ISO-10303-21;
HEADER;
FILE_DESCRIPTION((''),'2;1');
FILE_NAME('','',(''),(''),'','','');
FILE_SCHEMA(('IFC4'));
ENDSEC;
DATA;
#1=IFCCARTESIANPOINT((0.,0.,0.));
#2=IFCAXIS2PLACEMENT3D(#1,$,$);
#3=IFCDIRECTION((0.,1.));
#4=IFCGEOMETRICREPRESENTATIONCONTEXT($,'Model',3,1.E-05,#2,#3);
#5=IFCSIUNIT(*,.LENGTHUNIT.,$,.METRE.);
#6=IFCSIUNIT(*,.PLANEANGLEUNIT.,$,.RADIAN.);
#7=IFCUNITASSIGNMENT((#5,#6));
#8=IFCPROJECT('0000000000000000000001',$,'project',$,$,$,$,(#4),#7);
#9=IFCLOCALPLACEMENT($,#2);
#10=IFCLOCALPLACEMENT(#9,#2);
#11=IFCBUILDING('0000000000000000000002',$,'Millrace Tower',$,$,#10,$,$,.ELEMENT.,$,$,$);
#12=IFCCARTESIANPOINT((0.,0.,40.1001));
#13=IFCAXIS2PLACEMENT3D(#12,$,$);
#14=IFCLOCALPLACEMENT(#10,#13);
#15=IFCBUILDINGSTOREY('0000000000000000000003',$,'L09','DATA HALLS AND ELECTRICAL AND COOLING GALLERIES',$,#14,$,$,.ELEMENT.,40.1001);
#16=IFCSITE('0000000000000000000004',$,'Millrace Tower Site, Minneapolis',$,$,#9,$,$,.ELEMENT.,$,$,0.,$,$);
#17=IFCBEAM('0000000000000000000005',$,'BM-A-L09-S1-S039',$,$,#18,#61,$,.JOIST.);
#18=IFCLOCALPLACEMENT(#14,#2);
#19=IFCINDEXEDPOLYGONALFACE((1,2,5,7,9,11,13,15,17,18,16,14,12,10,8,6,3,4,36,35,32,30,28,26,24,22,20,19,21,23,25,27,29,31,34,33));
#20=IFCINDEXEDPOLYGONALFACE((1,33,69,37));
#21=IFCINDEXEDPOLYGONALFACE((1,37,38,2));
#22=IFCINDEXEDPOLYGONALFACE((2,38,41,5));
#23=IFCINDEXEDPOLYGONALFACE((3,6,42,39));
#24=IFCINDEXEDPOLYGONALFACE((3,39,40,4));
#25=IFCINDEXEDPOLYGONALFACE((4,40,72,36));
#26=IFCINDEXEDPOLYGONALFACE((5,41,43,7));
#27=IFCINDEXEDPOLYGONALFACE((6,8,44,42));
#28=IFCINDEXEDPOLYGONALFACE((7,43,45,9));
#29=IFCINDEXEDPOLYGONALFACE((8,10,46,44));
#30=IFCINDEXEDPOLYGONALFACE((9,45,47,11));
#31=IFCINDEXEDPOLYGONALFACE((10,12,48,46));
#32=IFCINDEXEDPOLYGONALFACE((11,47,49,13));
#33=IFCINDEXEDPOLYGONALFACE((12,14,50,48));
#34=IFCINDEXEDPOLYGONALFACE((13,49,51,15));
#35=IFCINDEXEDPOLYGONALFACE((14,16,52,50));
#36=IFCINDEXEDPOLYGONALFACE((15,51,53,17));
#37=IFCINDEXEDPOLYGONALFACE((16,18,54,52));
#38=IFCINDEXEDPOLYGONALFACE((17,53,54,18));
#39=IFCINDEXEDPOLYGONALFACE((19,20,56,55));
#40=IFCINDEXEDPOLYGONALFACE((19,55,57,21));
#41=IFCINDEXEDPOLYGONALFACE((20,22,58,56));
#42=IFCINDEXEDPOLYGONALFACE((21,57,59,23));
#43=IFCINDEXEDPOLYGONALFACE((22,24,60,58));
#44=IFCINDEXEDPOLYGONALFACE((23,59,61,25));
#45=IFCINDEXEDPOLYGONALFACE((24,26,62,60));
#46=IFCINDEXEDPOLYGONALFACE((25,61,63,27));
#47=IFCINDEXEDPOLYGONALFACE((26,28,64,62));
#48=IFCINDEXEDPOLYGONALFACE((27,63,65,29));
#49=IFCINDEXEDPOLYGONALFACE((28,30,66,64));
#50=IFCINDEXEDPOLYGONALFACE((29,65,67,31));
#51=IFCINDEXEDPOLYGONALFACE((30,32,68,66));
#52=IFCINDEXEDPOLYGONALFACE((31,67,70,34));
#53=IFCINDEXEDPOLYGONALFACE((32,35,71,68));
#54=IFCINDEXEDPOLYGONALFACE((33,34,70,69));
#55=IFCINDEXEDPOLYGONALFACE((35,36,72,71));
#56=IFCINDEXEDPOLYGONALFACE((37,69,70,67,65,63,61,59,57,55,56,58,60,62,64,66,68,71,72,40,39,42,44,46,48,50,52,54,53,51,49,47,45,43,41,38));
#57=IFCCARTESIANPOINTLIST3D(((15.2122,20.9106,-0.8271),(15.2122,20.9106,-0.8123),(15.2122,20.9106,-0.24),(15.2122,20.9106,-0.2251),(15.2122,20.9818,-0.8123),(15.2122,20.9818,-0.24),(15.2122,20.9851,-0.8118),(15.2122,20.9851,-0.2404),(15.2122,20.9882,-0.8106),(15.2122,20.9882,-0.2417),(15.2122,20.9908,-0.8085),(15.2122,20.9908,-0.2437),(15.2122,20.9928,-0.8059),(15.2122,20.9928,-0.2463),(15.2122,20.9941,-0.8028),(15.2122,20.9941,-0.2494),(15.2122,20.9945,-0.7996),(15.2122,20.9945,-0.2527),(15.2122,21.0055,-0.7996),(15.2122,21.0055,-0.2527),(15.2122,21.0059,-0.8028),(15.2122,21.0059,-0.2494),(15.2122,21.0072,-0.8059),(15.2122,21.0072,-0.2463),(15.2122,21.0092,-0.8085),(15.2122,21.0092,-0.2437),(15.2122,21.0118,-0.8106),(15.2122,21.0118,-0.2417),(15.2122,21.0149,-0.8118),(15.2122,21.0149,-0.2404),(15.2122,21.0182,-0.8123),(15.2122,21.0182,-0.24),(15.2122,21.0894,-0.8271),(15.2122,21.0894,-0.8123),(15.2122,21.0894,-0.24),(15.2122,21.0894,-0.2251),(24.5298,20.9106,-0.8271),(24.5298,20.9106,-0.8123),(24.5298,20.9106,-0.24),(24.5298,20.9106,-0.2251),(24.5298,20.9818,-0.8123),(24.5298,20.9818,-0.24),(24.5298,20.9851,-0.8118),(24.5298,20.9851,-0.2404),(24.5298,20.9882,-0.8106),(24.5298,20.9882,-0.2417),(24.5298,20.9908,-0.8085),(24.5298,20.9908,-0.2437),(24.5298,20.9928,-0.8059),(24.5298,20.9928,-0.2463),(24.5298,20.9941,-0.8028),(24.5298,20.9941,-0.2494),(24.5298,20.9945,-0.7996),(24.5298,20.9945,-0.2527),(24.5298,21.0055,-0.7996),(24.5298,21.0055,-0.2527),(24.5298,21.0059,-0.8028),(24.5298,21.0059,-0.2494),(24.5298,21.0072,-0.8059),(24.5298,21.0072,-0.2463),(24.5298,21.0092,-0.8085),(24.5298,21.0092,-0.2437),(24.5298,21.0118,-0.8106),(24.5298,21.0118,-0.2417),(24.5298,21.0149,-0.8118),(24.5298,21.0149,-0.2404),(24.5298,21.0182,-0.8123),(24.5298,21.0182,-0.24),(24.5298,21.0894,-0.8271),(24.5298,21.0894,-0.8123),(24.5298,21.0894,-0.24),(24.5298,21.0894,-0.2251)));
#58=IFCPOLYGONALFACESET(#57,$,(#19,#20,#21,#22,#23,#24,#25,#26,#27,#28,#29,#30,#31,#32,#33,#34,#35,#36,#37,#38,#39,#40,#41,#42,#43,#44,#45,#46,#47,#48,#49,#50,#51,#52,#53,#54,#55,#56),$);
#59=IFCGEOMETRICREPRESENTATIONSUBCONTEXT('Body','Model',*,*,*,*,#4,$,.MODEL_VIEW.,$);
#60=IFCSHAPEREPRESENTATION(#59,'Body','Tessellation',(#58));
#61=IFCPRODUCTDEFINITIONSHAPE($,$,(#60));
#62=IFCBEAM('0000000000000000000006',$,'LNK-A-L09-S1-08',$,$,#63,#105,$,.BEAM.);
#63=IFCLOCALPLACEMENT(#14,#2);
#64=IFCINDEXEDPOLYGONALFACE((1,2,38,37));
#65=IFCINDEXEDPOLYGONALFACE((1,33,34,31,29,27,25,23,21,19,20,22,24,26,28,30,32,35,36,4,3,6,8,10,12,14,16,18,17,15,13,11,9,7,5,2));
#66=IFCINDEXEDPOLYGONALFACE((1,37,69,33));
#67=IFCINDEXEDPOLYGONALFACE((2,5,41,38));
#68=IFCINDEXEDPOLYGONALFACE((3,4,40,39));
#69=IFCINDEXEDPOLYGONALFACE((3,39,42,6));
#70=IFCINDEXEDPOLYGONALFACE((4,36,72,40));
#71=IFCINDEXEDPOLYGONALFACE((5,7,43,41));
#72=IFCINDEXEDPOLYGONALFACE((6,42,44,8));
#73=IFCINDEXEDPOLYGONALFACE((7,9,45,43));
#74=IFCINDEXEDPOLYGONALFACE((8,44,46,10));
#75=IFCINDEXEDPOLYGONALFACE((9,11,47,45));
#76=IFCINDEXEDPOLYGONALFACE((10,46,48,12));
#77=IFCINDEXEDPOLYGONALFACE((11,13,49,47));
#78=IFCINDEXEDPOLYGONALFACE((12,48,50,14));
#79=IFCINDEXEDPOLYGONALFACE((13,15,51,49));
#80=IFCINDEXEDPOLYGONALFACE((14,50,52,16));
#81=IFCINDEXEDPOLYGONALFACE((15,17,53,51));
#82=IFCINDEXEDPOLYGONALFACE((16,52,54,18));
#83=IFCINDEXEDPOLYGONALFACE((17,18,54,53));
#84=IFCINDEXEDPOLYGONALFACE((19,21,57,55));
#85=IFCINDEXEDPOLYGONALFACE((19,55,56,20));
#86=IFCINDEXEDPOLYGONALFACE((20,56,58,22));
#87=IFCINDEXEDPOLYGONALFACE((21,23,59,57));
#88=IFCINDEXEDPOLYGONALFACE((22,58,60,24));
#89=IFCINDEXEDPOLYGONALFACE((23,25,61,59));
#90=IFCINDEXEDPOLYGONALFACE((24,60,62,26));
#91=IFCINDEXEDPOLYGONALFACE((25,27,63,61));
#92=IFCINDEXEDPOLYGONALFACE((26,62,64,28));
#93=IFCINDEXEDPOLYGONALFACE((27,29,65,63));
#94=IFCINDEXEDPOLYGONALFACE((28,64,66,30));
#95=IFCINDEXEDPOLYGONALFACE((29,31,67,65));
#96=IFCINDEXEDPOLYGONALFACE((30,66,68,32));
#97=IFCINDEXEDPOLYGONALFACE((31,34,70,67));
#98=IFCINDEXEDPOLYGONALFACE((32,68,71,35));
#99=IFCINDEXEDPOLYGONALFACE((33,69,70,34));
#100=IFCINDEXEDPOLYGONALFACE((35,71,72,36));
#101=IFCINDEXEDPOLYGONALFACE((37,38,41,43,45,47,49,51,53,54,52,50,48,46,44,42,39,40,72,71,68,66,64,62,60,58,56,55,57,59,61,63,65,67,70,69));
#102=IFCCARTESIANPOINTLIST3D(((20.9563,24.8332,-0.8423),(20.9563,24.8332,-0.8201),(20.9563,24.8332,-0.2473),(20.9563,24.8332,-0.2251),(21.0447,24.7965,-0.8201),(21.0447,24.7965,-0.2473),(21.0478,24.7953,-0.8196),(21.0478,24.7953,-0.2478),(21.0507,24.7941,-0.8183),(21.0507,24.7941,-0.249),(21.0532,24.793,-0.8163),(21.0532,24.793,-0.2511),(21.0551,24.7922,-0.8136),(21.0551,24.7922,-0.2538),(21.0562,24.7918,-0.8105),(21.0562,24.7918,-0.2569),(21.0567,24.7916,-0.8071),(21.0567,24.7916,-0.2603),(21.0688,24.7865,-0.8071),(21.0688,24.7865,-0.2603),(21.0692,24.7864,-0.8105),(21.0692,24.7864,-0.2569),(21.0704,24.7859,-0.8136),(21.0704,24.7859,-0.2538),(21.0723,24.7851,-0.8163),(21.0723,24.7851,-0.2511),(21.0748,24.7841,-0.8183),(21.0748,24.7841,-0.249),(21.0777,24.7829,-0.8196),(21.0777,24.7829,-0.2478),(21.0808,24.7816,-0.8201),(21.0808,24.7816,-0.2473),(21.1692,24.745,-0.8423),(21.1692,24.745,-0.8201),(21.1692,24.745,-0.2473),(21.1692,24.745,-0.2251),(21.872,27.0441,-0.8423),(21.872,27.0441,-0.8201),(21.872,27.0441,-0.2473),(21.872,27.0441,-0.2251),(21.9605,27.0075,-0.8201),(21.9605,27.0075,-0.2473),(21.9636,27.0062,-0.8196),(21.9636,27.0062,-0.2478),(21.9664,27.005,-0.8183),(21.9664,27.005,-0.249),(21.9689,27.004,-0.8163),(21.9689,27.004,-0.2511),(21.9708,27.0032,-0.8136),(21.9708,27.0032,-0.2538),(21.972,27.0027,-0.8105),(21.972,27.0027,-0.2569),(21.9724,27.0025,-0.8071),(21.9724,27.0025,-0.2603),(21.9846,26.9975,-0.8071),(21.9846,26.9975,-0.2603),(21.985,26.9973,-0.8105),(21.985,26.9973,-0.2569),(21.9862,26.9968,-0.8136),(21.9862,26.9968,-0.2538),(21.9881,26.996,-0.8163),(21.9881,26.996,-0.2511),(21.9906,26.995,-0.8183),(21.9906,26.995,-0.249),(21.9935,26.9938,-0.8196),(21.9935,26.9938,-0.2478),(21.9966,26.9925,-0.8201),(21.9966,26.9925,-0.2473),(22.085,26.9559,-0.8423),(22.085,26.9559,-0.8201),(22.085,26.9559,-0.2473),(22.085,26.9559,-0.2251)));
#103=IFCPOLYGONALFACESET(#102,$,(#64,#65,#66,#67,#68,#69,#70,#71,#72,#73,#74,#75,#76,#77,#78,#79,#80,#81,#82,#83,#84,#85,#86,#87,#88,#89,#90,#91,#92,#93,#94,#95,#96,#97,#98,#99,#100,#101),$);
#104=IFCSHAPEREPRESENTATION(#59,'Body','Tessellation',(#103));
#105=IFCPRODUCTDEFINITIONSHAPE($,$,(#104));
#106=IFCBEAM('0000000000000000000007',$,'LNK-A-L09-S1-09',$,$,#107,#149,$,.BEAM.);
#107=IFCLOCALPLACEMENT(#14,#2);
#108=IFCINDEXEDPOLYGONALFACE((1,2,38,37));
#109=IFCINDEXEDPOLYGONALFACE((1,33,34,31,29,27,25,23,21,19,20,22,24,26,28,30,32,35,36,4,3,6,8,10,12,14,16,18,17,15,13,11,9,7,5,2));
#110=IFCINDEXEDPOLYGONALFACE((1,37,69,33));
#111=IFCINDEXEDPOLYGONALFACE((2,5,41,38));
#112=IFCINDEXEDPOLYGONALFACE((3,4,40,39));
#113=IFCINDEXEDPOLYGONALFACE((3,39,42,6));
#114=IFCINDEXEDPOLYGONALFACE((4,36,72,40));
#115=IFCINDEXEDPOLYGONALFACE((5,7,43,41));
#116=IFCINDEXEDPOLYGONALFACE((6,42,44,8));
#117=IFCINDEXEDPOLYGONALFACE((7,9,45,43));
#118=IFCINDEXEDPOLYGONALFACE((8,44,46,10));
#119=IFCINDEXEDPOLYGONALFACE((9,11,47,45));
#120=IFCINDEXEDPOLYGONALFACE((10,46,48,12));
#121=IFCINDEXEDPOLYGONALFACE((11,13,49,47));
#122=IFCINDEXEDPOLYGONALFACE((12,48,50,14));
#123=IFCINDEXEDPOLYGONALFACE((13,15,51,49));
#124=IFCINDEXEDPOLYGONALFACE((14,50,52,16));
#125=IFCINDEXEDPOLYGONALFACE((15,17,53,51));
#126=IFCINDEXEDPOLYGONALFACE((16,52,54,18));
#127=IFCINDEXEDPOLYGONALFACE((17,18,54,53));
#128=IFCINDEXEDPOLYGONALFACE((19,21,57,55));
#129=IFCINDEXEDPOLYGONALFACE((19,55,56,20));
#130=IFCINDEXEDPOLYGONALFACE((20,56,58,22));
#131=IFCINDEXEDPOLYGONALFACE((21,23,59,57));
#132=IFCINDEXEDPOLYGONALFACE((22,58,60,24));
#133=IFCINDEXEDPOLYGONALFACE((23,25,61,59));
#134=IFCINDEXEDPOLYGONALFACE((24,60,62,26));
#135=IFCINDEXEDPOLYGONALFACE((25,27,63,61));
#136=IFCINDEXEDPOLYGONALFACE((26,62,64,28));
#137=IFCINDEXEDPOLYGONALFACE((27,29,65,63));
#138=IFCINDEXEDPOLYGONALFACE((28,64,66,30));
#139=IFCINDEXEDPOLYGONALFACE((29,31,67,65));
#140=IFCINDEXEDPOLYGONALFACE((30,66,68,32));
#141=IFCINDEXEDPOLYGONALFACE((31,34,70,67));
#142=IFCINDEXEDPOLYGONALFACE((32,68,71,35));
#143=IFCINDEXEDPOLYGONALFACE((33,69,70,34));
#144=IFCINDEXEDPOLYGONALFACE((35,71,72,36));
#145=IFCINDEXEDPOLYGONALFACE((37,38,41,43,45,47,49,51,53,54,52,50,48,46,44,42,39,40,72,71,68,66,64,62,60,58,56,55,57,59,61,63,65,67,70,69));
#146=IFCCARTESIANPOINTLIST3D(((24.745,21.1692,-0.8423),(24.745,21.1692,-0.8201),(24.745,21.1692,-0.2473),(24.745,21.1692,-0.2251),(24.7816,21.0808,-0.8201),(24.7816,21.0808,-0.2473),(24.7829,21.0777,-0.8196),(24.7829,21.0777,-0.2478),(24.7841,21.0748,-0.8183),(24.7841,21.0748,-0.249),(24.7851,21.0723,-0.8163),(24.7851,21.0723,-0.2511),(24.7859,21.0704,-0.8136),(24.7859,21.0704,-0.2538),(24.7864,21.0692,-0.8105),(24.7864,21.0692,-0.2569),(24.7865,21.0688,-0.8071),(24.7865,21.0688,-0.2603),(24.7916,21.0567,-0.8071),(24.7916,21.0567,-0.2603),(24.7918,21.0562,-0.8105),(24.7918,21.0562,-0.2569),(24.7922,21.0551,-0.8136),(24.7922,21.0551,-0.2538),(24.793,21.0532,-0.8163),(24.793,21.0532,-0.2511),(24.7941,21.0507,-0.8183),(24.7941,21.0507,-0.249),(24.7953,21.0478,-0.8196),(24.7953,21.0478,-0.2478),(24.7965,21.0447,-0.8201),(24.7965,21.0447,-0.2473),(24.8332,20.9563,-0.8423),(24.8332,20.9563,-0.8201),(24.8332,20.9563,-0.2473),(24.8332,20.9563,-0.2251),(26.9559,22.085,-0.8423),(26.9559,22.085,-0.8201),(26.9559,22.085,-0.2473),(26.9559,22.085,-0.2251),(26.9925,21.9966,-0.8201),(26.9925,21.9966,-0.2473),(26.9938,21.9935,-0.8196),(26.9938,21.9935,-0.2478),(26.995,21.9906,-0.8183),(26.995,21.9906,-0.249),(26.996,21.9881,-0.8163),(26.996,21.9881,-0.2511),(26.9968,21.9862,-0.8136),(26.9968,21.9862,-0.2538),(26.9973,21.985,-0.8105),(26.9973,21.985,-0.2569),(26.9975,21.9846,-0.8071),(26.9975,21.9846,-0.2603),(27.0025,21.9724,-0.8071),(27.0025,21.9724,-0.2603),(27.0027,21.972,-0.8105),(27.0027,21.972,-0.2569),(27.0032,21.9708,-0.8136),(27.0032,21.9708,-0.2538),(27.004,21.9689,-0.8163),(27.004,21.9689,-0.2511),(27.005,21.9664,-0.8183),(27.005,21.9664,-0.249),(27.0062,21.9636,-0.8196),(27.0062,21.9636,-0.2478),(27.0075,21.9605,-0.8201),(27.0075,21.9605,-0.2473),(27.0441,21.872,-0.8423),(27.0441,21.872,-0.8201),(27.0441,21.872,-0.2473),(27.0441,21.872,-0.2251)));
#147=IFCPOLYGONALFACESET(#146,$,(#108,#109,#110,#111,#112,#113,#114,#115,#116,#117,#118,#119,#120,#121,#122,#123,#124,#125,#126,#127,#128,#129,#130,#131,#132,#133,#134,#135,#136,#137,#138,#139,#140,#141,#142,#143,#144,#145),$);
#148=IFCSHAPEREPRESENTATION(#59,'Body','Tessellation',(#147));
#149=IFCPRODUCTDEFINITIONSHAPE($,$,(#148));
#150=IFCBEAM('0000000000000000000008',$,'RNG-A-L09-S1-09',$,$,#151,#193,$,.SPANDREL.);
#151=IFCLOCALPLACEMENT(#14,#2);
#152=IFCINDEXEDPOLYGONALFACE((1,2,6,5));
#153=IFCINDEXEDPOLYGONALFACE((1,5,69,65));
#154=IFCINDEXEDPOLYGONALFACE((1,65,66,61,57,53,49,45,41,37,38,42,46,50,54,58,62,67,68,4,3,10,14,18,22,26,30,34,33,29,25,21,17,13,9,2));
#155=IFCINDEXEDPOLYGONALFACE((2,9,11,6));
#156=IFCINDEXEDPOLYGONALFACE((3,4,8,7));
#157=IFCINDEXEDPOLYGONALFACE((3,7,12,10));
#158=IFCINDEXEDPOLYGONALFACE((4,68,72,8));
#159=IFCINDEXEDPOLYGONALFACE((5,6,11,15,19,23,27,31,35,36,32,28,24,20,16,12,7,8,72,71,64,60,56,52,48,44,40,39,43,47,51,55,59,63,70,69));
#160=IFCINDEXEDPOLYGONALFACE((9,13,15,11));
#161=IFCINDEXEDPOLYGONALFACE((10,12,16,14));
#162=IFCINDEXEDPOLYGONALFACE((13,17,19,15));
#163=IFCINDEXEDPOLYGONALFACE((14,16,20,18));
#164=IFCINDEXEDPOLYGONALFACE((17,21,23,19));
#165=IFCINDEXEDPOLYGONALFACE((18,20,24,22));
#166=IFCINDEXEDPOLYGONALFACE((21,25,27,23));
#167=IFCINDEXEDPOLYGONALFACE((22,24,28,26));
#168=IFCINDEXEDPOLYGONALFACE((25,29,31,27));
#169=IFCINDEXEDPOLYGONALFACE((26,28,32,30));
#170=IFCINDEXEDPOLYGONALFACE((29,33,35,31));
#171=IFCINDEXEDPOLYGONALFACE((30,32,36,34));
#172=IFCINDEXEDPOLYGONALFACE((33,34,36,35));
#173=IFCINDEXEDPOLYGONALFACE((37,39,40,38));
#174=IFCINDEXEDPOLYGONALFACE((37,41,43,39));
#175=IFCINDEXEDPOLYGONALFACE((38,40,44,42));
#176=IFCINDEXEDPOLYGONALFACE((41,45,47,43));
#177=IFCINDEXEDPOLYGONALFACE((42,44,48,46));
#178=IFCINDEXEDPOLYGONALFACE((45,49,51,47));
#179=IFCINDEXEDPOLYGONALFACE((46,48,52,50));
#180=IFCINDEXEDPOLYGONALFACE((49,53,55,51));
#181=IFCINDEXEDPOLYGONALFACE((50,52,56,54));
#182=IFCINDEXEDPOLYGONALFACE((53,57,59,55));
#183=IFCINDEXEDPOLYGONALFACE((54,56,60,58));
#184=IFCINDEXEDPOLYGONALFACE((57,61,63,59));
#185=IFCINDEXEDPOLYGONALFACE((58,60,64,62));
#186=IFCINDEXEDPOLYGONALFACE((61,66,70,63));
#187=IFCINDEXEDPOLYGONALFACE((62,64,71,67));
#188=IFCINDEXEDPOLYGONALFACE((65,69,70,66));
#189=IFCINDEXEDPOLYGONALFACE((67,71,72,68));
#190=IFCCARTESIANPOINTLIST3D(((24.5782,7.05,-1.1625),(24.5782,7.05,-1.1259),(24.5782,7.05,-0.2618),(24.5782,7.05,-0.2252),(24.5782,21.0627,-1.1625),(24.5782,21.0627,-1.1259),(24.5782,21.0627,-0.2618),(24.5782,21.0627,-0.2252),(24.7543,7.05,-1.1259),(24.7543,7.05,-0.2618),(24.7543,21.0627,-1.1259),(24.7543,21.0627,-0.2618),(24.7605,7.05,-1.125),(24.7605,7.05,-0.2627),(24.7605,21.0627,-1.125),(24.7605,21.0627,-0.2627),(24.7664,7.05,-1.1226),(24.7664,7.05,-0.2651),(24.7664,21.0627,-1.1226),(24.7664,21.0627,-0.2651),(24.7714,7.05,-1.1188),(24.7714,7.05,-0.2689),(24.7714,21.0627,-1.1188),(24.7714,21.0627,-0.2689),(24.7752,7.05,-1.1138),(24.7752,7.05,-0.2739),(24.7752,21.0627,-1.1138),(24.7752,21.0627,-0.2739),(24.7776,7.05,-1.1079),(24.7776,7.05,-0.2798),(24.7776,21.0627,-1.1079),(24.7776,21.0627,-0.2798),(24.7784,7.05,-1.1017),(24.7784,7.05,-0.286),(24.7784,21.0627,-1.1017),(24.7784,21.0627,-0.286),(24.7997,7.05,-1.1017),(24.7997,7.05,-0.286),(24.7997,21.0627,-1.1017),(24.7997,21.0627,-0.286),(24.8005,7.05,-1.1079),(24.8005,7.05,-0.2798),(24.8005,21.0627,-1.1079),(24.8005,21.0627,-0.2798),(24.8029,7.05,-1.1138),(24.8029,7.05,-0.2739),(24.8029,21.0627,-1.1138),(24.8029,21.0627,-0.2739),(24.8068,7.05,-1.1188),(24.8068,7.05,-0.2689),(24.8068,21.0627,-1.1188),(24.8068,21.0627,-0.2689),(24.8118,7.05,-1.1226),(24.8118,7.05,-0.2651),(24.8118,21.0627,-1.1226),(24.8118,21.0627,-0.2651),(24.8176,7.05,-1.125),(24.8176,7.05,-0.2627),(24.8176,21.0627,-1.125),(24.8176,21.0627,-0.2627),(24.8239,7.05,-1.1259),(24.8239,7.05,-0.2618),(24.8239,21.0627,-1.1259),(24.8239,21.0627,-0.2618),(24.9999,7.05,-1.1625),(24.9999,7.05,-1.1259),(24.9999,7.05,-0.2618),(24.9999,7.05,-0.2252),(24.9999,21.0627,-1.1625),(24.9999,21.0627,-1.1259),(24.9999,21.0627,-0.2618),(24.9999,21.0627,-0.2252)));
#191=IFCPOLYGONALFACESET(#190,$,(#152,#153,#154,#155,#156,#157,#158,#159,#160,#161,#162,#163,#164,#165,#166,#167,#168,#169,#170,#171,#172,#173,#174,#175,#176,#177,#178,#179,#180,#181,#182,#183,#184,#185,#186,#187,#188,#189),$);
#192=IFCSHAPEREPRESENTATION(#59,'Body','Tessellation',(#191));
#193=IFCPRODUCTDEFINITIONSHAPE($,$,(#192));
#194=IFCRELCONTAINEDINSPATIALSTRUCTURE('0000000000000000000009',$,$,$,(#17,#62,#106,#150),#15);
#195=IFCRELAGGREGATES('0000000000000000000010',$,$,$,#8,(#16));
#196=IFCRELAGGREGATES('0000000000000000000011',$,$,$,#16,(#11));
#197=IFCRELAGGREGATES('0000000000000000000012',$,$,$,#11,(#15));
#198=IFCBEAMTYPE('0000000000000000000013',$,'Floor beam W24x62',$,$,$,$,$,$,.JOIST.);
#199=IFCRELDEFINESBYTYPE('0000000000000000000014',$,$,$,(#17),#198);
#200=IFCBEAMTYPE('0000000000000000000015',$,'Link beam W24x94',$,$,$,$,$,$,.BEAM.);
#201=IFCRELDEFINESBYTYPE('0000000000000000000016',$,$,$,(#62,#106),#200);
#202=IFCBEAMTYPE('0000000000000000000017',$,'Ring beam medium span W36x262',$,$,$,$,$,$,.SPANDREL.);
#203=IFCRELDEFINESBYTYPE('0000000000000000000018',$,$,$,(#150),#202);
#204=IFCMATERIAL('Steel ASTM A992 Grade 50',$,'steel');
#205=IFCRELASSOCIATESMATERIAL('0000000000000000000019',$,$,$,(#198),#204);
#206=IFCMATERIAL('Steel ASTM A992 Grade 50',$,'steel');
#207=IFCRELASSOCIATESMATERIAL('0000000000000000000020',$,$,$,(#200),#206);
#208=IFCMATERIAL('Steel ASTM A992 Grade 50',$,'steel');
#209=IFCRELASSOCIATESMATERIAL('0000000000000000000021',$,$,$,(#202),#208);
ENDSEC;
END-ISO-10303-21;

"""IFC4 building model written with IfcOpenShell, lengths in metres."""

from ifc_helpers import new_model, si_unit, direction, frame, origin, origin_2d, place, context, subcontext, project, spatial, i_section, extrude, material, material_profile, profile_set, type_object, element, save


model = new_model("IFC4")

# Units and contexts
model_context = context("Model", 3, precision=1e-05, world=origin(), true_north=direction((0.0, 1.0)))
body_context = subcontext(model_context, "Body", "Model", "MODEL_VIEW")
ifc_project = project(units=[si_unit("LENGTHUNIT", "METRE"), si_unit("PLANEANGLEUNIT", "RADIAN")], contexts=[model_context])

# Site, building, storey
site_placement = place(None, origin())
site = spatial("IfcSite", under=ifc_project, at=site_placement, Name="Millrace Tower Site, Minneapolis", CompositionType="ELEMENT", RefElevation=0.0)
building_placement = place(site_placement, origin())
building = spatial("IfcBuilding", under=site, at=building_placement, Name="Millrace Tower", CompositionType="ELEMENT")
storey_placement = place(building_placement, frame((0.0, 0.0, 40.1001)))
storey = spatial("IfcBuildingStorey", under=building, at=storey_placement, Name="L09", Description="DATA HALLS AND ELECTRICAL AND COOLING GALLERIES", CompositionType="ELEMENT", Elevation=40.1001)

# Beams
ifc_material_1 = material(Name="Steel ASTM A992 Grade 50", Category="steel")
ifc_material_profile_1 = material_profile(ifc_material_1, i_section(OverallWidth=0.1787, OverallDepth=0.6021, WebThickness=0.011, FlangeThickness=0.0149, FilletRadius=0.0127, at=origin_2d()))
ifc_profile_set_1 = profile_set([ifc_material_profile_1], Name="Steel ASTM A992 Grade 50")
beam_type_1 = type_object("IfcBeamType", Name="Floor beam W24x62", PredefinedType="JOIST", material=ifc_profile_set_1)
beam_1_placement = place(storey_placement, frame((15.2122, 21.0, -0.5261), z_axis=(1.0, 0.0, 0.0), x_axis=(0.0, 1.0, 0.0)))
element("IfcBeam", 1, at=beam_1_placement, inside=storey, type_object=beam_type_1, Name="BM-A-L09-S1-S039", PredefinedType="JOIST", context=body_context, shape_type="SweptSolid", body=[
    extrude(i_section(OverallWidth=0.1787, OverallDepth=0.6021, WebThickness=0.011, FlangeThickness=0.0149, FilletRadius=0.0127, at=origin_2d()), origin(), (0.0, 0.0, 1.0), 9.3176),
])
ifc_material_2 = material(Name="Steel ASTM A992 Grade 50", Category="steel")
ifc_material_profile_2 = material_profile(ifc_material_2, i_section(OverallWidth=0.2305, OverallDepth=0.6172, WebThickness=0.0132, FlangeThickness=0.0222, FilletRadius=0.0129, at=origin_2d()))
ifc_profile_set_2 = profile_set([ifc_material_profile_2], Name="Steel ASTM A992 Grade 50")
beam_type_2 = type_object("IfcBeamType", Name="Link beam W24x94", PredefinedType="BEAM", material=ifc_profile_set_2)
for number, where, z_axis, x_axis, name in (
    (2, (21.0627, 24.7891, -0.5337), (0.382673, 0.923884, 0.0), (-0.923884, 0.382673, 0.0), "LNK-A-L09-S1-08"),
    (3, (24.7891, 21.0627, -0.5337), (0.923884, 0.382673, 0.0), (-0.382673, 0.923884, 0.0), "LNK-A-L09-S1-09"),
):
    element("IfcBeam", number, at=place(storey_placement, frame(where, z_axis=z_axis, x_axis=x_axis)), inside=storey, type_object=beam_type_2, Name=name, PredefinedType="BEAM", context=body_context, shape_type="SweptSolid", body=[
        extrude(i_section(OverallWidth=0.2305, OverallDepth=0.6172, WebThickness=0.0132, FlangeThickness=0.0222, FilletRadius=0.0129, at=origin_2d()), origin(), (0.0, 0.0, 1.0), 2.3931),
    ])
ifc_material_3 = material(Name="Steel ASTM A992 Grade 50", Category="steel")
ifc_material_profile_3 = material_profile(ifc_material_3, i_section(OverallWidth=0.4216, OverallDepth=0.9373, WebThickness=0.0212, FlangeThickness=0.0366, FilletRadius=0.0242, at=origin_2d()))
ifc_profile_set_3 = profile_set([ifc_material_profile_3], Name="Steel ASTM A992 Grade 50")
beam_type_3 = type_object("IfcBeamType", Name="Ring beam medium span W36x262", PredefinedType="SPANDREL", material=ifc_profile_set_3)
beam_2_placement = place(storey_placement, frame((24.7891, 21.0627, -0.6938), z_axis=(0.0, -1.0, 0.0), x_axis=(1.0, 0.0, 0.0)))
element("IfcBeam", 4, at=beam_2_placement, inside=storey, type_object=beam_type_3, Name="RNG-A-L09-S1-09", PredefinedType="SPANDREL", context=body_context, shape_type="SweptSolid", body=[
    extrude(i_section(OverallWidth=0.4216, OverallDepth=0.9373, WebThickness=0.0212, FlangeThickness=0.0366, FilletRadius=0.0242, at=origin_2d()), origin(), (0.0, 0.0, 1.0), 14.0127),
])

save(model, "model.ifc")
